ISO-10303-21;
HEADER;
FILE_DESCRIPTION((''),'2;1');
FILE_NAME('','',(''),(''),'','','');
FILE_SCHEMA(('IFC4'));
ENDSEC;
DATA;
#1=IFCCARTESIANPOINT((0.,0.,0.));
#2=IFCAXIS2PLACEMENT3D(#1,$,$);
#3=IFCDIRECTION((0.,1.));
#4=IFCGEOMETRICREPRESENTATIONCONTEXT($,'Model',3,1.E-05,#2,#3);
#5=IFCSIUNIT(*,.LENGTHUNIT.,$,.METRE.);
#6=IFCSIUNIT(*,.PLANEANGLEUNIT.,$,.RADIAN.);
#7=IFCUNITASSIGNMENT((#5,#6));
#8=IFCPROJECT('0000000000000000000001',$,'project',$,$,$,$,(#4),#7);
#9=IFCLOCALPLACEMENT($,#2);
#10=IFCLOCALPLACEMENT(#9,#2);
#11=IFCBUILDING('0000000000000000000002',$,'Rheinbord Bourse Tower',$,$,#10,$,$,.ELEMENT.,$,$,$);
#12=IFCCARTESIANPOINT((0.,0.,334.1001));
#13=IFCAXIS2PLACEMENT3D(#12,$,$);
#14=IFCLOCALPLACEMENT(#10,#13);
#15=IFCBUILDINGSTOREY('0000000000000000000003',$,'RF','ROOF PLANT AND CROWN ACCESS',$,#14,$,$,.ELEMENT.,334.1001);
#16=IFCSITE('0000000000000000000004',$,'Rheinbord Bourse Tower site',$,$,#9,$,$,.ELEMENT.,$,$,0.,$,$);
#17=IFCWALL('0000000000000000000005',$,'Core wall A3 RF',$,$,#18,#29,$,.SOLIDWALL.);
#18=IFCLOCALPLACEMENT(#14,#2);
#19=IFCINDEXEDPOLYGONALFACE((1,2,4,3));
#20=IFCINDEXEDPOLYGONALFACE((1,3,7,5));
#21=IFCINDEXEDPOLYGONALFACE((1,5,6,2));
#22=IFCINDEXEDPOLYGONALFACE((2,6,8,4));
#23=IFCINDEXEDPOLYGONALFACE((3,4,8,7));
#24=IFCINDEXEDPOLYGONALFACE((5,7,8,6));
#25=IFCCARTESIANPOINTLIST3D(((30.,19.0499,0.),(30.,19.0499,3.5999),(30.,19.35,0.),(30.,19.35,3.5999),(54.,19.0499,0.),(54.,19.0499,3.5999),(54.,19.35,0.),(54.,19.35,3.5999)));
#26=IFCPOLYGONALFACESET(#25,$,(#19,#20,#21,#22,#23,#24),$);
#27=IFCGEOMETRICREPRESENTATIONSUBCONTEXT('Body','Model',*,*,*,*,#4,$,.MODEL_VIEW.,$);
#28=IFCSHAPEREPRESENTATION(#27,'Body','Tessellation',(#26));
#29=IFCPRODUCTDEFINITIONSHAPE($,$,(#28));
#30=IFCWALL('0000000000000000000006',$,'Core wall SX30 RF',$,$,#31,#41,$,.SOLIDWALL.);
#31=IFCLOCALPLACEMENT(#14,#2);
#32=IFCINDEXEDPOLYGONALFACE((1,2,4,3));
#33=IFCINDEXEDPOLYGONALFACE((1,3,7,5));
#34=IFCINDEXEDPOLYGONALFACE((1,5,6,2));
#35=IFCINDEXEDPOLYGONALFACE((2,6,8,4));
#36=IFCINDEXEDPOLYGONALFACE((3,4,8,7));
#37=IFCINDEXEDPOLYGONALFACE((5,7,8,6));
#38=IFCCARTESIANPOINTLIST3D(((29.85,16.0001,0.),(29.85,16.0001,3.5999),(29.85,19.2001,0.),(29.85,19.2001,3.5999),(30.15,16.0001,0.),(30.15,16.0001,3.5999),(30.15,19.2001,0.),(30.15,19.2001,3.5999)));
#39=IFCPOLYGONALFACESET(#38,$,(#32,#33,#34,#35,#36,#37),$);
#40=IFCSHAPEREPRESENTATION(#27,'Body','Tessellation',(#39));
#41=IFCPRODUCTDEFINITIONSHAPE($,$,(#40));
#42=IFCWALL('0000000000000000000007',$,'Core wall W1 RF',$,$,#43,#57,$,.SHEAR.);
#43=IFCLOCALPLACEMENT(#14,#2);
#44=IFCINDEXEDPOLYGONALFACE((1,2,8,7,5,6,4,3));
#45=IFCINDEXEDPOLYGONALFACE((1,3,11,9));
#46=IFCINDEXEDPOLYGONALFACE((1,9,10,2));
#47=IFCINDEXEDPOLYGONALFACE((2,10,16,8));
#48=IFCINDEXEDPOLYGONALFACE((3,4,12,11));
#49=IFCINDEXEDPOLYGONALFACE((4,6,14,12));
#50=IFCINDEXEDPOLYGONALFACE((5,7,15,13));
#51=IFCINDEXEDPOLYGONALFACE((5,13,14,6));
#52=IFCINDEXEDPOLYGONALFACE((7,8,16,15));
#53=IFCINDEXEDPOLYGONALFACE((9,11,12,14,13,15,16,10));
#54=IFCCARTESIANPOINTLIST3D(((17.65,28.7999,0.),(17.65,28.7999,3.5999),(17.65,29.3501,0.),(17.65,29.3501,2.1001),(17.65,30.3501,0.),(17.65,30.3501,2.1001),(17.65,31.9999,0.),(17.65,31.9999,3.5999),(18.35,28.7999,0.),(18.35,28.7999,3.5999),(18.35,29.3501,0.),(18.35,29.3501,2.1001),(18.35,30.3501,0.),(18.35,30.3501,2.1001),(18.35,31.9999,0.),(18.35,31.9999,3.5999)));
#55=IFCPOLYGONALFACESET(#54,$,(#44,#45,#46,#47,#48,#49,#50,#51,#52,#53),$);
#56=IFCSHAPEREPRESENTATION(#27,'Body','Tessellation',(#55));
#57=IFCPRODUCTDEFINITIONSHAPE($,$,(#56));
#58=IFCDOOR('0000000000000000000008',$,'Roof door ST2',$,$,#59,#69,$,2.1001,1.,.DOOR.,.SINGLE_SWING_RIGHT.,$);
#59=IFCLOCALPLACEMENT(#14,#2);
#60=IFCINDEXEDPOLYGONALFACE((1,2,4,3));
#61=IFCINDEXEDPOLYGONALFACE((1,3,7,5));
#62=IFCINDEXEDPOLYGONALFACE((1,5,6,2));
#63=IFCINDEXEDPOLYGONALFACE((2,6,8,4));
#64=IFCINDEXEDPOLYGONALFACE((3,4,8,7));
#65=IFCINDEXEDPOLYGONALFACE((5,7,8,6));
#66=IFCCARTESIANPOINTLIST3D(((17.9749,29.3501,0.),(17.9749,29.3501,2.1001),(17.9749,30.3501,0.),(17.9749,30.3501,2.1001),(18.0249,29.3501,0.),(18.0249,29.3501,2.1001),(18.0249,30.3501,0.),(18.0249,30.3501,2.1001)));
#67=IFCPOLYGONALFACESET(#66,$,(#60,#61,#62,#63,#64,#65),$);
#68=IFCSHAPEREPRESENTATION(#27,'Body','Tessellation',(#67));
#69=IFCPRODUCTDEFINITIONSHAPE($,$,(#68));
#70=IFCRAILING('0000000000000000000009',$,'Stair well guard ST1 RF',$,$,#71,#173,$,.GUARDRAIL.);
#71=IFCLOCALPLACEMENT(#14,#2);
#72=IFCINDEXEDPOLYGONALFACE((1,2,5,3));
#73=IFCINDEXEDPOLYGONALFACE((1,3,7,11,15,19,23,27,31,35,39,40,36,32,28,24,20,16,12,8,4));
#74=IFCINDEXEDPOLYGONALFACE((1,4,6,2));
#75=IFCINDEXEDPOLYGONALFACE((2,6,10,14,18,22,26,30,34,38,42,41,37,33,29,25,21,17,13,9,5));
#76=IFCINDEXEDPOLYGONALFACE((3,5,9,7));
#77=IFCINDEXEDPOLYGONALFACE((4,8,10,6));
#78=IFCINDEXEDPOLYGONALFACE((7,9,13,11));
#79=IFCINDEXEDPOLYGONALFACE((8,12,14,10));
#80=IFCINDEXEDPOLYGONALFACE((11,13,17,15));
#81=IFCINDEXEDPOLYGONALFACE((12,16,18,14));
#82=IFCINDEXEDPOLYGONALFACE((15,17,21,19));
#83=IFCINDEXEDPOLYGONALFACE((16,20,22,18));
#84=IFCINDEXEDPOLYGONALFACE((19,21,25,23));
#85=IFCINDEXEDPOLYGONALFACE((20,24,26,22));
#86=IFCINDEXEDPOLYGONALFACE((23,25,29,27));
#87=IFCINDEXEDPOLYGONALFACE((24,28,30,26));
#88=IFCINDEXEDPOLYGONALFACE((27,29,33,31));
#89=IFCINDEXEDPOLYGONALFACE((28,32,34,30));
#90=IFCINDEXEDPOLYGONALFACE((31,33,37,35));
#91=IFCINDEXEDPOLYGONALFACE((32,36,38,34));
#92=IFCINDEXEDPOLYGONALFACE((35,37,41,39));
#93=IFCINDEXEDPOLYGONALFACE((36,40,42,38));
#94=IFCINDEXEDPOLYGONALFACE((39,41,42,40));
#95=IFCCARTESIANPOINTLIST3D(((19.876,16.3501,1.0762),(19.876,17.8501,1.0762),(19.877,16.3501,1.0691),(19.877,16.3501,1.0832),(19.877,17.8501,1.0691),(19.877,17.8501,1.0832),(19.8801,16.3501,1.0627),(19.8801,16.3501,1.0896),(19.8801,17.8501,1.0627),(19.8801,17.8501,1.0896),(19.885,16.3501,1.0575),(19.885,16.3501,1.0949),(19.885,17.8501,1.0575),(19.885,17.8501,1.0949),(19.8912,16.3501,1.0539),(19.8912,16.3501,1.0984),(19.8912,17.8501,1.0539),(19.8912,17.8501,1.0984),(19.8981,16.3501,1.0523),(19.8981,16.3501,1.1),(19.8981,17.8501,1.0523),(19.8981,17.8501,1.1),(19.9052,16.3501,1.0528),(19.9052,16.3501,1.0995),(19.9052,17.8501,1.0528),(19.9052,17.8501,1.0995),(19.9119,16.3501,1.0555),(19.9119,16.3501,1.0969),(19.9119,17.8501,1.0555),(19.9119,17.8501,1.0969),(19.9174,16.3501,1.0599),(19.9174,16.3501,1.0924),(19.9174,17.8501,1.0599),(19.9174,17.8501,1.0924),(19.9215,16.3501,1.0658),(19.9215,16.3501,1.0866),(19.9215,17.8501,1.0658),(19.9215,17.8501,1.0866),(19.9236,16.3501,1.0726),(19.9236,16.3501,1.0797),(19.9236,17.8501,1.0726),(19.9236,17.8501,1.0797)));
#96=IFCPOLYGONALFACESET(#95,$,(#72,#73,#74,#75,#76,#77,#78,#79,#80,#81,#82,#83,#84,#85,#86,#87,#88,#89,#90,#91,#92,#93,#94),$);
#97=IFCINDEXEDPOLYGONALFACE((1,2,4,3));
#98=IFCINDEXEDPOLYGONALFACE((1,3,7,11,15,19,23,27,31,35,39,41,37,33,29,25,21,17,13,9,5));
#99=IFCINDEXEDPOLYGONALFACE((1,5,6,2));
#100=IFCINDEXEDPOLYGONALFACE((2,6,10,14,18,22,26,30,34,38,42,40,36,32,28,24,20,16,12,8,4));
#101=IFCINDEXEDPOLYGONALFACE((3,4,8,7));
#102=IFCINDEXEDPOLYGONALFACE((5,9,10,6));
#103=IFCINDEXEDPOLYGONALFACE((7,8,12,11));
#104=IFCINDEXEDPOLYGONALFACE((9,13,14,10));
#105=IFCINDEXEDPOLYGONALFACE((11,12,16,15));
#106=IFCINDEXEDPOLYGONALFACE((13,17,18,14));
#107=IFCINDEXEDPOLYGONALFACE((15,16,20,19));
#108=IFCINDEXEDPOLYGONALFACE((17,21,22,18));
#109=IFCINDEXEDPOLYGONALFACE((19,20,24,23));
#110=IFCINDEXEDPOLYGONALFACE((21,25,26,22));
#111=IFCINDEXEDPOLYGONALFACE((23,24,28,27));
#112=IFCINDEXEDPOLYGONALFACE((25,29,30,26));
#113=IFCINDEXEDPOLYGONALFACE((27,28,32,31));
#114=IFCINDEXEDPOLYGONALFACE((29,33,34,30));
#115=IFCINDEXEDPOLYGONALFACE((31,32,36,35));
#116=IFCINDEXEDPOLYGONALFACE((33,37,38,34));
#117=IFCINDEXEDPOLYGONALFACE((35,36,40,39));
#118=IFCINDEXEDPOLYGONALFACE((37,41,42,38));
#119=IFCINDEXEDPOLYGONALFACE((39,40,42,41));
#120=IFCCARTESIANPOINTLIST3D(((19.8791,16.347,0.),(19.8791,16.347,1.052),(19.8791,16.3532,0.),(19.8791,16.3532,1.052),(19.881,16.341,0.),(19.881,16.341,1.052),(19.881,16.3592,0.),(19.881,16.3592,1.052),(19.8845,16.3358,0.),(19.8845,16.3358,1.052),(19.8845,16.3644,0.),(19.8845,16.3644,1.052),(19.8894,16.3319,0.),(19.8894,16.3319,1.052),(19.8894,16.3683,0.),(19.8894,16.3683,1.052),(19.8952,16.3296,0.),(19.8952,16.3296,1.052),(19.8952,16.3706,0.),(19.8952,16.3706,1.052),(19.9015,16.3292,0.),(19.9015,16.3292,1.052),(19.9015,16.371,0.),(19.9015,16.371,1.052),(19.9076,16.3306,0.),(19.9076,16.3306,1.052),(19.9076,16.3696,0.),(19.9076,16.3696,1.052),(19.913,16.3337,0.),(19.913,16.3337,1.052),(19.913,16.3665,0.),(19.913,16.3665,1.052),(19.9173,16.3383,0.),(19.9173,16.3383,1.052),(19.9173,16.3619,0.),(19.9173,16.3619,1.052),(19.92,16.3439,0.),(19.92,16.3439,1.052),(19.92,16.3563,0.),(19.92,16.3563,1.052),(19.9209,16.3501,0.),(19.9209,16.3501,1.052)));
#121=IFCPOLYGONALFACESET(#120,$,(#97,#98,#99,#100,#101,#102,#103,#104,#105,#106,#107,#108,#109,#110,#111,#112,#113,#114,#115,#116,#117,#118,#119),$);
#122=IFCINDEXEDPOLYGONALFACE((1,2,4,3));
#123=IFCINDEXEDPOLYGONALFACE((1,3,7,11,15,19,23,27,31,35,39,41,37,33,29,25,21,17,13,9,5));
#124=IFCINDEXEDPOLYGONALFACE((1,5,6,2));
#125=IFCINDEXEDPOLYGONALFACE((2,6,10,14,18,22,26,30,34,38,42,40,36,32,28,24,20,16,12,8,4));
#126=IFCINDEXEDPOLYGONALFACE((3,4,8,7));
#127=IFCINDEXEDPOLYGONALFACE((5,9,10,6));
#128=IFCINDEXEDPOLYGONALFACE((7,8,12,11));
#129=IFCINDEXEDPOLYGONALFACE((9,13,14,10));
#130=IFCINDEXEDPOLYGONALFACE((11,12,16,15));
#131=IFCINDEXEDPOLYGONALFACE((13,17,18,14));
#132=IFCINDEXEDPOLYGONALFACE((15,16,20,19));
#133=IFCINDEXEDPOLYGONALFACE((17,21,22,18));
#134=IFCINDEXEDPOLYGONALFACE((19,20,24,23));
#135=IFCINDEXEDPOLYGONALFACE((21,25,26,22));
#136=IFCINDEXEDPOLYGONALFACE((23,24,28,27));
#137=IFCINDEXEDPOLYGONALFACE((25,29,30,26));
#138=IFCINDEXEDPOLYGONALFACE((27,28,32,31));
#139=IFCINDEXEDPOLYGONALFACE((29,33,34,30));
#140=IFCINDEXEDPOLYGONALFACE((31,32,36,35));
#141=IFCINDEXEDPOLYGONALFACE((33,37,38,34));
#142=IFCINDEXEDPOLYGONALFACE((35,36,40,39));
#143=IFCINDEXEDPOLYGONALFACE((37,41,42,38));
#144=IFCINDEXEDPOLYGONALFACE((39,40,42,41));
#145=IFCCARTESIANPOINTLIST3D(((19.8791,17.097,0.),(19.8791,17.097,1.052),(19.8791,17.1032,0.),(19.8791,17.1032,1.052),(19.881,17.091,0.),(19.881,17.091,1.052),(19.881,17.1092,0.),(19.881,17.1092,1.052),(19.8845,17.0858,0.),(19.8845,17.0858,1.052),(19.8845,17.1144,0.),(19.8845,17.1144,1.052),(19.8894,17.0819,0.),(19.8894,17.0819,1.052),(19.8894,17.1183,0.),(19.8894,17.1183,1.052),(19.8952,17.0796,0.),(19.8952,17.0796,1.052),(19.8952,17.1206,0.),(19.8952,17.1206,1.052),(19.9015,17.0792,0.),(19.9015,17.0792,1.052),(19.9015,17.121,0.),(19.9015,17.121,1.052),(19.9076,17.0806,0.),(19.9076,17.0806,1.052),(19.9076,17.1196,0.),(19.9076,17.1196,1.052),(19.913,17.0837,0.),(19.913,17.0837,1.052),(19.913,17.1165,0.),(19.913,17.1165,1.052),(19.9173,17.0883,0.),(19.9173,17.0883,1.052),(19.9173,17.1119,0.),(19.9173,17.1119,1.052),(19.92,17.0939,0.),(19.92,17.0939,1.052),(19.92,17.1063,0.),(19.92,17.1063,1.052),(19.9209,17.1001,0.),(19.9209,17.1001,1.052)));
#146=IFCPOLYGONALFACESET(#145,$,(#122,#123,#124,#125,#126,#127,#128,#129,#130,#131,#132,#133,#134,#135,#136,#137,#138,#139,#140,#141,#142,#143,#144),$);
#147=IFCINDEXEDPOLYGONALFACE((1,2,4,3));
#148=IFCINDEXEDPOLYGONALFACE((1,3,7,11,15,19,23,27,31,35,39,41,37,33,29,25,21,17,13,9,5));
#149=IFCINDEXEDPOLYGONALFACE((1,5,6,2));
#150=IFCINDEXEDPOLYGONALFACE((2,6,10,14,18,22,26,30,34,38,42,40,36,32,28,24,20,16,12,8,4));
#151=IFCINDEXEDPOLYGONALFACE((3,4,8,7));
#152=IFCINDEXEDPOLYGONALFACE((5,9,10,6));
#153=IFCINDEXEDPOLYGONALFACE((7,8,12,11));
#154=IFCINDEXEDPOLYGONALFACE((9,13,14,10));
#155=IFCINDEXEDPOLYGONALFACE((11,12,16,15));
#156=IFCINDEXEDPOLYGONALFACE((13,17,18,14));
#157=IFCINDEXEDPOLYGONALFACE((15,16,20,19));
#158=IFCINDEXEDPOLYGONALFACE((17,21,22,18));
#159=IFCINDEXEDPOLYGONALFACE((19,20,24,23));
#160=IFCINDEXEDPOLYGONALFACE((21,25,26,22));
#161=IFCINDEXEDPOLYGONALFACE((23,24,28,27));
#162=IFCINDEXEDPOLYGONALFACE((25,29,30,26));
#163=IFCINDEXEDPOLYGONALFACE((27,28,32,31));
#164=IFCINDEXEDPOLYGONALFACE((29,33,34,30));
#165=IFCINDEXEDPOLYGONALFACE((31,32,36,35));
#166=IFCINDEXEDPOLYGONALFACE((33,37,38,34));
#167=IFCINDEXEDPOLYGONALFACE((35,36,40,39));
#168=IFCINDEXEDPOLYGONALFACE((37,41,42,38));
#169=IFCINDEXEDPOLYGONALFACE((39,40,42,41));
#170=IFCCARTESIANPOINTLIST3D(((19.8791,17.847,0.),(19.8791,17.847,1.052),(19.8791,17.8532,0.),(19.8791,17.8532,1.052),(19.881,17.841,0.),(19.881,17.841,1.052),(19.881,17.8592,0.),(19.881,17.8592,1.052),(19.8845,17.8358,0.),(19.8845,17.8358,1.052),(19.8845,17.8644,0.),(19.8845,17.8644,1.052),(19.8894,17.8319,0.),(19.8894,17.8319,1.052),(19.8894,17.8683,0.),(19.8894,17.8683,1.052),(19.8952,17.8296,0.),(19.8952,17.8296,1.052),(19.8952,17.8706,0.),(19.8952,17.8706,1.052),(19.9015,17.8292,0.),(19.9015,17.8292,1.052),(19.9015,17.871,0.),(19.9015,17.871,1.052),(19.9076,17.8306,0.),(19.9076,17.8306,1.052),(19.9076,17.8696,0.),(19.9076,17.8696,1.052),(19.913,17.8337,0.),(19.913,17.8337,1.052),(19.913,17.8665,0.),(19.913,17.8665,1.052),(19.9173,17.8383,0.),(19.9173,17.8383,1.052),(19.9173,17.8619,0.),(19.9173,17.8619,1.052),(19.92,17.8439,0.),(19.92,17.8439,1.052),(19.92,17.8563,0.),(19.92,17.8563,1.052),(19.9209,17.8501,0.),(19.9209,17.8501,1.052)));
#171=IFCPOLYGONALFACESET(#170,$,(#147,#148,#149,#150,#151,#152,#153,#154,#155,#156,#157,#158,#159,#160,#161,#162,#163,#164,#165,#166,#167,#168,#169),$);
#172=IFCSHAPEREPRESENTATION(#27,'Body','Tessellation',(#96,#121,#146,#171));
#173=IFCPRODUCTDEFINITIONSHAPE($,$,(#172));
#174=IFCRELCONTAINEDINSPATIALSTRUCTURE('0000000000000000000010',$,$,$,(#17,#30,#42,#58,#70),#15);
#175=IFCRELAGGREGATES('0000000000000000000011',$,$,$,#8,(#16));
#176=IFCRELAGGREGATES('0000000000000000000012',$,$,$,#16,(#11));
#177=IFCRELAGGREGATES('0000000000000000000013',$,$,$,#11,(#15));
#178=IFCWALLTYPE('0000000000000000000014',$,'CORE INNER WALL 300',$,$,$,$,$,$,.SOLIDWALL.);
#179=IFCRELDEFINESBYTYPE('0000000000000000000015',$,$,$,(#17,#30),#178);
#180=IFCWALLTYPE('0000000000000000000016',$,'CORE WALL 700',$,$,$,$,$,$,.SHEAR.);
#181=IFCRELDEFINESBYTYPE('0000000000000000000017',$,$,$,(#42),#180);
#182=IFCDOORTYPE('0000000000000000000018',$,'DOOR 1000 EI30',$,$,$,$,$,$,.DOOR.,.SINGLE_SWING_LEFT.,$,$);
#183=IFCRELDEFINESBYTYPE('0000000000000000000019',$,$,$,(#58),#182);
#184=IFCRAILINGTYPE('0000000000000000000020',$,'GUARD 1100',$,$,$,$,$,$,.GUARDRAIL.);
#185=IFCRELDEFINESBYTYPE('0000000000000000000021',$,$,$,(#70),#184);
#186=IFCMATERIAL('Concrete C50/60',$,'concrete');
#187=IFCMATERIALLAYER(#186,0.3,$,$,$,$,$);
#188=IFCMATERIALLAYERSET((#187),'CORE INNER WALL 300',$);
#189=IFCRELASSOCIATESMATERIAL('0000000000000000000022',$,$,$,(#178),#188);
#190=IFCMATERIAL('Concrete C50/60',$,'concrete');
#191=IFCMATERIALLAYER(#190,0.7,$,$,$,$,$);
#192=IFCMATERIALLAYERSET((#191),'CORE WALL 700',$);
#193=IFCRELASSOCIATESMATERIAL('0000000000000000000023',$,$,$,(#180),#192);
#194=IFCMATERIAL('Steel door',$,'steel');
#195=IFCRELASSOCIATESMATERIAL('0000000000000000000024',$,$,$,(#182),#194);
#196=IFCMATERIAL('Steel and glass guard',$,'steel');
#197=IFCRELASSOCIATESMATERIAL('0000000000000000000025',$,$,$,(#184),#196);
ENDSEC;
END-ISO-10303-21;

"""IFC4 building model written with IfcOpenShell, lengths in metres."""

from ifc_helpers import new_model, si_unit, direction, frame, frame_2d, origin, origin_2d, place, context, subcontext, project, spatial, rectangle, circle, extrude, material, layer, layer_set, type_object, element, fill, save


model = new_model("IFC4")

# Units and contexts
model_context = context("Model", 3, precision=1e-05, world=origin(), true_north=direction((0.0, 1.0)))
body_context = subcontext(model_context, "Body", "Model", "MODEL_VIEW")
ifc_project = project(units=[si_unit("LENGTHUNIT", "METRE"), si_unit("PLANEANGLEUNIT", "RADIAN")], contexts=[model_context])

# Site, building, storey
site_placement = place(None, origin())
site = spatial("IfcSite", under=ifc_project, at=site_placement, Name="Rheinbord Bourse Tower site", CompositionType="ELEMENT", RefElevation=0.0)
building_placement = place(site_placement, origin())
building = spatial("IfcBuilding", under=site, at=building_placement, Name="Rheinbord Bourse Tower", CompositionType="ELEMENT")
storey_placement = place(building_placement, frame((0.0, 0.0, 334.1001)))
storey = spatial("IfcBuildingStorey", under=building, at=storey_placement, Name="RF", Description="ROOF PLANT AND CROWN ACCESS", CompositionType="ELEMENT", Elevation=334.1001)

# Shared definitions
ifc_material_1 = material(Name="Concrete C50/60", Category="concrete")
ifc_layer_1 = layer(ifc_material_1, 0.3)
ifc_layer_set_1 = layer_set([ifc_layer_1], Name="CORE INNER WALL 300")
wall_type_1 = type_object("IfcWallType", Name="CORE INNER WALL 300", PredefinedType="SOLIDWALL", material=ifc_layer_set_1)

# Walls
wall_1_placement = place(storey_placement, frame((30.0, 19.2, 0.0), z_axis=(0.0, 0.0, 1.0), x_axis=(1.0, 0.0, 0.0)))
element("IfcWall", 1, at=wall_1_placement, inside=storey, type_object=wall_type_1, Name="Core wall A3 RF", PredefinedType="SOLIDWALL", context=body_context, shape_type="SweptSolid", body=[
    extrude(rectangle(XDim=24.0, YDim=0.3, at=frame_2d((12.0, 0.0))), origin(), (0.0, 0.0, 1.0), 3.5999),
])
wall_2_placement = place(storey_placement, frame((30.0, 16.0, 0.0), z_axis=(0.0, 0.0, 1.0), x_axis=(0.0, 1.0, 0.0)))
element("IfcWall", 2, at=wall_2_placement, inside=storey, type_object=wall_type_1, Name="Core wall SX30 RF", PredefinedType="SOLIDWALL", context=body_context, shape_type="SweptSolid", body=[
    extrude(rectangle(XDim=3.2, YDim=0.3, at=frame_2d((1.6001, 0.0))), origin(), (0.0, 0.0, 1.0), 3.5999),
])

# Wall, opening, door
ifc_material_2 = material(Name="Concrete C50/60", Category="concrete")
ifc_layer_2 = layer(ifc_material_2, 0.7)
ifc_layer_set_2 = layer_set([ifc_layer_2], Name="CORE WALL 700")
wall_type_2 = type_object("IfcWallType", Name="CORE WALL 700", PredefinedType="SHEAR", material=ifc_layer_set_2)
wall_3_placement = place(storey_placement, frame((18.0, 32.0, 0.0), z_axis=(0.0, 0.0, 1.0), x_axis=(0.0, -1.0, 0.0)))
wall_3 = element("IfcWall", 3, at=wall_3_placement, inside=storey, type_object=wall_type_2, Name="Core wall W1 RF", PredefinedType="SHEAR", context=body_context, shape_type="SweptSolid", body=[
    extrude(rectangle(XDim=3.2, YDim=0.7, at=frame_2d((1.6001, 0.0))), origin(), (0.0, 0.0, 1.0), 3.5999),
])
opening_1_placement = place(wall_3_placement, frame((1.6499, 0.0, 0.0)))
opening_1 = element("IfcOpeningElement", 4, at=opening_1_placement, cuts=wall_3, PredefinedType="OPENING", context=body_context, shape_type="SweptSolid", body=[
    extrude(rectangle(XDim=1.0, YDim=2.1001, at=frame_2d((0.5, 1.05))), frame((0.0, 0.3599, 0.0), z_axis=(0.0, -1.0, 0.0), x_axis=(1.0, 0.0, 0.0)), (0.0, 0.0, 1.0), 0.72),
])
ifc_material_3 = material(Name="Steel door", Category="steel")
door_type_1 = type_object("IfcDoorType", Name="DOOR 1000 EI30", OperationType="SINGLE_SWING_LEFT", PredefinedType="DOOR", material=ifc_material_3)
door_1_placement = place(opening_1_placement, origin())
door_1 = element("IfcDoor", 5, at=door_1_placement, inside=storey, type_object=door_type_1, Name="Roof door ST2", OperationType="SINGLE_SWING_RIGHT", OverallHeight=2.1001, OverallWidth=1.0, PredefinedType="DOOR", context=body_context, shape_type="SweptSolid", body=[
    extrude(rectangle(XDim=1.0, YDim=2.1001, at=frame_2d((0.5, 1.05))), frame((0.0, 0.0249, 0.0), z_axis=(0.0, -1.0, 0.0), x_axis=(1.0, 0.0, 0.0)), (0.0, 0.0, 1.0), 0.05),
])
fill(opening_1, door_1)

# Railing
ifc_material_4 = material(Name="Steel and glass guard", Category="steel")
railing_type = type_object("IfcRailingType", Name="GUARD 1100", PredefinedType="GUARDRAIL", material=ifc_material_4)
for number, where, name in (
    (6, (19.8999, 16.3501, 0.0), "Stair well guard ST1 RF"),
):
    element("IfcRailing", number, at=place(storey_placement, frame(where)), inside=storey, type_object=railing_type, Name=name, PredefinedType="GUARDRAIL", context=body_context, shape_type="SweptSolid", body=[
        extrude(circle(Radius=0.0239, at=origin_2d()), frame((0.0, 0.0, 1.0762), z_axis=(0.0, 1.0, 0.0), x_axis=(-1.0, 0.0, 0.0)), (0.0, 0.0, 1.0), 1.5),
        extrude(circle(Radius=0.021, at=origin_2d()), origin(), (0.0, 0.0, 1.0), 1.052),
        extrude(circle(Radius=0.021, at=origin_2d()), frame((0.0, 0.75, 0.0)), (0.0, 0.0, 1.0), 1.052),
        extrude(circle(Radius=0.021, at=origin_2d()), frame((0.0, 1.5, 0.0)), (0.0, 0.0, 1.0), 1.052),
    ])

save(model, "model.ifc")
